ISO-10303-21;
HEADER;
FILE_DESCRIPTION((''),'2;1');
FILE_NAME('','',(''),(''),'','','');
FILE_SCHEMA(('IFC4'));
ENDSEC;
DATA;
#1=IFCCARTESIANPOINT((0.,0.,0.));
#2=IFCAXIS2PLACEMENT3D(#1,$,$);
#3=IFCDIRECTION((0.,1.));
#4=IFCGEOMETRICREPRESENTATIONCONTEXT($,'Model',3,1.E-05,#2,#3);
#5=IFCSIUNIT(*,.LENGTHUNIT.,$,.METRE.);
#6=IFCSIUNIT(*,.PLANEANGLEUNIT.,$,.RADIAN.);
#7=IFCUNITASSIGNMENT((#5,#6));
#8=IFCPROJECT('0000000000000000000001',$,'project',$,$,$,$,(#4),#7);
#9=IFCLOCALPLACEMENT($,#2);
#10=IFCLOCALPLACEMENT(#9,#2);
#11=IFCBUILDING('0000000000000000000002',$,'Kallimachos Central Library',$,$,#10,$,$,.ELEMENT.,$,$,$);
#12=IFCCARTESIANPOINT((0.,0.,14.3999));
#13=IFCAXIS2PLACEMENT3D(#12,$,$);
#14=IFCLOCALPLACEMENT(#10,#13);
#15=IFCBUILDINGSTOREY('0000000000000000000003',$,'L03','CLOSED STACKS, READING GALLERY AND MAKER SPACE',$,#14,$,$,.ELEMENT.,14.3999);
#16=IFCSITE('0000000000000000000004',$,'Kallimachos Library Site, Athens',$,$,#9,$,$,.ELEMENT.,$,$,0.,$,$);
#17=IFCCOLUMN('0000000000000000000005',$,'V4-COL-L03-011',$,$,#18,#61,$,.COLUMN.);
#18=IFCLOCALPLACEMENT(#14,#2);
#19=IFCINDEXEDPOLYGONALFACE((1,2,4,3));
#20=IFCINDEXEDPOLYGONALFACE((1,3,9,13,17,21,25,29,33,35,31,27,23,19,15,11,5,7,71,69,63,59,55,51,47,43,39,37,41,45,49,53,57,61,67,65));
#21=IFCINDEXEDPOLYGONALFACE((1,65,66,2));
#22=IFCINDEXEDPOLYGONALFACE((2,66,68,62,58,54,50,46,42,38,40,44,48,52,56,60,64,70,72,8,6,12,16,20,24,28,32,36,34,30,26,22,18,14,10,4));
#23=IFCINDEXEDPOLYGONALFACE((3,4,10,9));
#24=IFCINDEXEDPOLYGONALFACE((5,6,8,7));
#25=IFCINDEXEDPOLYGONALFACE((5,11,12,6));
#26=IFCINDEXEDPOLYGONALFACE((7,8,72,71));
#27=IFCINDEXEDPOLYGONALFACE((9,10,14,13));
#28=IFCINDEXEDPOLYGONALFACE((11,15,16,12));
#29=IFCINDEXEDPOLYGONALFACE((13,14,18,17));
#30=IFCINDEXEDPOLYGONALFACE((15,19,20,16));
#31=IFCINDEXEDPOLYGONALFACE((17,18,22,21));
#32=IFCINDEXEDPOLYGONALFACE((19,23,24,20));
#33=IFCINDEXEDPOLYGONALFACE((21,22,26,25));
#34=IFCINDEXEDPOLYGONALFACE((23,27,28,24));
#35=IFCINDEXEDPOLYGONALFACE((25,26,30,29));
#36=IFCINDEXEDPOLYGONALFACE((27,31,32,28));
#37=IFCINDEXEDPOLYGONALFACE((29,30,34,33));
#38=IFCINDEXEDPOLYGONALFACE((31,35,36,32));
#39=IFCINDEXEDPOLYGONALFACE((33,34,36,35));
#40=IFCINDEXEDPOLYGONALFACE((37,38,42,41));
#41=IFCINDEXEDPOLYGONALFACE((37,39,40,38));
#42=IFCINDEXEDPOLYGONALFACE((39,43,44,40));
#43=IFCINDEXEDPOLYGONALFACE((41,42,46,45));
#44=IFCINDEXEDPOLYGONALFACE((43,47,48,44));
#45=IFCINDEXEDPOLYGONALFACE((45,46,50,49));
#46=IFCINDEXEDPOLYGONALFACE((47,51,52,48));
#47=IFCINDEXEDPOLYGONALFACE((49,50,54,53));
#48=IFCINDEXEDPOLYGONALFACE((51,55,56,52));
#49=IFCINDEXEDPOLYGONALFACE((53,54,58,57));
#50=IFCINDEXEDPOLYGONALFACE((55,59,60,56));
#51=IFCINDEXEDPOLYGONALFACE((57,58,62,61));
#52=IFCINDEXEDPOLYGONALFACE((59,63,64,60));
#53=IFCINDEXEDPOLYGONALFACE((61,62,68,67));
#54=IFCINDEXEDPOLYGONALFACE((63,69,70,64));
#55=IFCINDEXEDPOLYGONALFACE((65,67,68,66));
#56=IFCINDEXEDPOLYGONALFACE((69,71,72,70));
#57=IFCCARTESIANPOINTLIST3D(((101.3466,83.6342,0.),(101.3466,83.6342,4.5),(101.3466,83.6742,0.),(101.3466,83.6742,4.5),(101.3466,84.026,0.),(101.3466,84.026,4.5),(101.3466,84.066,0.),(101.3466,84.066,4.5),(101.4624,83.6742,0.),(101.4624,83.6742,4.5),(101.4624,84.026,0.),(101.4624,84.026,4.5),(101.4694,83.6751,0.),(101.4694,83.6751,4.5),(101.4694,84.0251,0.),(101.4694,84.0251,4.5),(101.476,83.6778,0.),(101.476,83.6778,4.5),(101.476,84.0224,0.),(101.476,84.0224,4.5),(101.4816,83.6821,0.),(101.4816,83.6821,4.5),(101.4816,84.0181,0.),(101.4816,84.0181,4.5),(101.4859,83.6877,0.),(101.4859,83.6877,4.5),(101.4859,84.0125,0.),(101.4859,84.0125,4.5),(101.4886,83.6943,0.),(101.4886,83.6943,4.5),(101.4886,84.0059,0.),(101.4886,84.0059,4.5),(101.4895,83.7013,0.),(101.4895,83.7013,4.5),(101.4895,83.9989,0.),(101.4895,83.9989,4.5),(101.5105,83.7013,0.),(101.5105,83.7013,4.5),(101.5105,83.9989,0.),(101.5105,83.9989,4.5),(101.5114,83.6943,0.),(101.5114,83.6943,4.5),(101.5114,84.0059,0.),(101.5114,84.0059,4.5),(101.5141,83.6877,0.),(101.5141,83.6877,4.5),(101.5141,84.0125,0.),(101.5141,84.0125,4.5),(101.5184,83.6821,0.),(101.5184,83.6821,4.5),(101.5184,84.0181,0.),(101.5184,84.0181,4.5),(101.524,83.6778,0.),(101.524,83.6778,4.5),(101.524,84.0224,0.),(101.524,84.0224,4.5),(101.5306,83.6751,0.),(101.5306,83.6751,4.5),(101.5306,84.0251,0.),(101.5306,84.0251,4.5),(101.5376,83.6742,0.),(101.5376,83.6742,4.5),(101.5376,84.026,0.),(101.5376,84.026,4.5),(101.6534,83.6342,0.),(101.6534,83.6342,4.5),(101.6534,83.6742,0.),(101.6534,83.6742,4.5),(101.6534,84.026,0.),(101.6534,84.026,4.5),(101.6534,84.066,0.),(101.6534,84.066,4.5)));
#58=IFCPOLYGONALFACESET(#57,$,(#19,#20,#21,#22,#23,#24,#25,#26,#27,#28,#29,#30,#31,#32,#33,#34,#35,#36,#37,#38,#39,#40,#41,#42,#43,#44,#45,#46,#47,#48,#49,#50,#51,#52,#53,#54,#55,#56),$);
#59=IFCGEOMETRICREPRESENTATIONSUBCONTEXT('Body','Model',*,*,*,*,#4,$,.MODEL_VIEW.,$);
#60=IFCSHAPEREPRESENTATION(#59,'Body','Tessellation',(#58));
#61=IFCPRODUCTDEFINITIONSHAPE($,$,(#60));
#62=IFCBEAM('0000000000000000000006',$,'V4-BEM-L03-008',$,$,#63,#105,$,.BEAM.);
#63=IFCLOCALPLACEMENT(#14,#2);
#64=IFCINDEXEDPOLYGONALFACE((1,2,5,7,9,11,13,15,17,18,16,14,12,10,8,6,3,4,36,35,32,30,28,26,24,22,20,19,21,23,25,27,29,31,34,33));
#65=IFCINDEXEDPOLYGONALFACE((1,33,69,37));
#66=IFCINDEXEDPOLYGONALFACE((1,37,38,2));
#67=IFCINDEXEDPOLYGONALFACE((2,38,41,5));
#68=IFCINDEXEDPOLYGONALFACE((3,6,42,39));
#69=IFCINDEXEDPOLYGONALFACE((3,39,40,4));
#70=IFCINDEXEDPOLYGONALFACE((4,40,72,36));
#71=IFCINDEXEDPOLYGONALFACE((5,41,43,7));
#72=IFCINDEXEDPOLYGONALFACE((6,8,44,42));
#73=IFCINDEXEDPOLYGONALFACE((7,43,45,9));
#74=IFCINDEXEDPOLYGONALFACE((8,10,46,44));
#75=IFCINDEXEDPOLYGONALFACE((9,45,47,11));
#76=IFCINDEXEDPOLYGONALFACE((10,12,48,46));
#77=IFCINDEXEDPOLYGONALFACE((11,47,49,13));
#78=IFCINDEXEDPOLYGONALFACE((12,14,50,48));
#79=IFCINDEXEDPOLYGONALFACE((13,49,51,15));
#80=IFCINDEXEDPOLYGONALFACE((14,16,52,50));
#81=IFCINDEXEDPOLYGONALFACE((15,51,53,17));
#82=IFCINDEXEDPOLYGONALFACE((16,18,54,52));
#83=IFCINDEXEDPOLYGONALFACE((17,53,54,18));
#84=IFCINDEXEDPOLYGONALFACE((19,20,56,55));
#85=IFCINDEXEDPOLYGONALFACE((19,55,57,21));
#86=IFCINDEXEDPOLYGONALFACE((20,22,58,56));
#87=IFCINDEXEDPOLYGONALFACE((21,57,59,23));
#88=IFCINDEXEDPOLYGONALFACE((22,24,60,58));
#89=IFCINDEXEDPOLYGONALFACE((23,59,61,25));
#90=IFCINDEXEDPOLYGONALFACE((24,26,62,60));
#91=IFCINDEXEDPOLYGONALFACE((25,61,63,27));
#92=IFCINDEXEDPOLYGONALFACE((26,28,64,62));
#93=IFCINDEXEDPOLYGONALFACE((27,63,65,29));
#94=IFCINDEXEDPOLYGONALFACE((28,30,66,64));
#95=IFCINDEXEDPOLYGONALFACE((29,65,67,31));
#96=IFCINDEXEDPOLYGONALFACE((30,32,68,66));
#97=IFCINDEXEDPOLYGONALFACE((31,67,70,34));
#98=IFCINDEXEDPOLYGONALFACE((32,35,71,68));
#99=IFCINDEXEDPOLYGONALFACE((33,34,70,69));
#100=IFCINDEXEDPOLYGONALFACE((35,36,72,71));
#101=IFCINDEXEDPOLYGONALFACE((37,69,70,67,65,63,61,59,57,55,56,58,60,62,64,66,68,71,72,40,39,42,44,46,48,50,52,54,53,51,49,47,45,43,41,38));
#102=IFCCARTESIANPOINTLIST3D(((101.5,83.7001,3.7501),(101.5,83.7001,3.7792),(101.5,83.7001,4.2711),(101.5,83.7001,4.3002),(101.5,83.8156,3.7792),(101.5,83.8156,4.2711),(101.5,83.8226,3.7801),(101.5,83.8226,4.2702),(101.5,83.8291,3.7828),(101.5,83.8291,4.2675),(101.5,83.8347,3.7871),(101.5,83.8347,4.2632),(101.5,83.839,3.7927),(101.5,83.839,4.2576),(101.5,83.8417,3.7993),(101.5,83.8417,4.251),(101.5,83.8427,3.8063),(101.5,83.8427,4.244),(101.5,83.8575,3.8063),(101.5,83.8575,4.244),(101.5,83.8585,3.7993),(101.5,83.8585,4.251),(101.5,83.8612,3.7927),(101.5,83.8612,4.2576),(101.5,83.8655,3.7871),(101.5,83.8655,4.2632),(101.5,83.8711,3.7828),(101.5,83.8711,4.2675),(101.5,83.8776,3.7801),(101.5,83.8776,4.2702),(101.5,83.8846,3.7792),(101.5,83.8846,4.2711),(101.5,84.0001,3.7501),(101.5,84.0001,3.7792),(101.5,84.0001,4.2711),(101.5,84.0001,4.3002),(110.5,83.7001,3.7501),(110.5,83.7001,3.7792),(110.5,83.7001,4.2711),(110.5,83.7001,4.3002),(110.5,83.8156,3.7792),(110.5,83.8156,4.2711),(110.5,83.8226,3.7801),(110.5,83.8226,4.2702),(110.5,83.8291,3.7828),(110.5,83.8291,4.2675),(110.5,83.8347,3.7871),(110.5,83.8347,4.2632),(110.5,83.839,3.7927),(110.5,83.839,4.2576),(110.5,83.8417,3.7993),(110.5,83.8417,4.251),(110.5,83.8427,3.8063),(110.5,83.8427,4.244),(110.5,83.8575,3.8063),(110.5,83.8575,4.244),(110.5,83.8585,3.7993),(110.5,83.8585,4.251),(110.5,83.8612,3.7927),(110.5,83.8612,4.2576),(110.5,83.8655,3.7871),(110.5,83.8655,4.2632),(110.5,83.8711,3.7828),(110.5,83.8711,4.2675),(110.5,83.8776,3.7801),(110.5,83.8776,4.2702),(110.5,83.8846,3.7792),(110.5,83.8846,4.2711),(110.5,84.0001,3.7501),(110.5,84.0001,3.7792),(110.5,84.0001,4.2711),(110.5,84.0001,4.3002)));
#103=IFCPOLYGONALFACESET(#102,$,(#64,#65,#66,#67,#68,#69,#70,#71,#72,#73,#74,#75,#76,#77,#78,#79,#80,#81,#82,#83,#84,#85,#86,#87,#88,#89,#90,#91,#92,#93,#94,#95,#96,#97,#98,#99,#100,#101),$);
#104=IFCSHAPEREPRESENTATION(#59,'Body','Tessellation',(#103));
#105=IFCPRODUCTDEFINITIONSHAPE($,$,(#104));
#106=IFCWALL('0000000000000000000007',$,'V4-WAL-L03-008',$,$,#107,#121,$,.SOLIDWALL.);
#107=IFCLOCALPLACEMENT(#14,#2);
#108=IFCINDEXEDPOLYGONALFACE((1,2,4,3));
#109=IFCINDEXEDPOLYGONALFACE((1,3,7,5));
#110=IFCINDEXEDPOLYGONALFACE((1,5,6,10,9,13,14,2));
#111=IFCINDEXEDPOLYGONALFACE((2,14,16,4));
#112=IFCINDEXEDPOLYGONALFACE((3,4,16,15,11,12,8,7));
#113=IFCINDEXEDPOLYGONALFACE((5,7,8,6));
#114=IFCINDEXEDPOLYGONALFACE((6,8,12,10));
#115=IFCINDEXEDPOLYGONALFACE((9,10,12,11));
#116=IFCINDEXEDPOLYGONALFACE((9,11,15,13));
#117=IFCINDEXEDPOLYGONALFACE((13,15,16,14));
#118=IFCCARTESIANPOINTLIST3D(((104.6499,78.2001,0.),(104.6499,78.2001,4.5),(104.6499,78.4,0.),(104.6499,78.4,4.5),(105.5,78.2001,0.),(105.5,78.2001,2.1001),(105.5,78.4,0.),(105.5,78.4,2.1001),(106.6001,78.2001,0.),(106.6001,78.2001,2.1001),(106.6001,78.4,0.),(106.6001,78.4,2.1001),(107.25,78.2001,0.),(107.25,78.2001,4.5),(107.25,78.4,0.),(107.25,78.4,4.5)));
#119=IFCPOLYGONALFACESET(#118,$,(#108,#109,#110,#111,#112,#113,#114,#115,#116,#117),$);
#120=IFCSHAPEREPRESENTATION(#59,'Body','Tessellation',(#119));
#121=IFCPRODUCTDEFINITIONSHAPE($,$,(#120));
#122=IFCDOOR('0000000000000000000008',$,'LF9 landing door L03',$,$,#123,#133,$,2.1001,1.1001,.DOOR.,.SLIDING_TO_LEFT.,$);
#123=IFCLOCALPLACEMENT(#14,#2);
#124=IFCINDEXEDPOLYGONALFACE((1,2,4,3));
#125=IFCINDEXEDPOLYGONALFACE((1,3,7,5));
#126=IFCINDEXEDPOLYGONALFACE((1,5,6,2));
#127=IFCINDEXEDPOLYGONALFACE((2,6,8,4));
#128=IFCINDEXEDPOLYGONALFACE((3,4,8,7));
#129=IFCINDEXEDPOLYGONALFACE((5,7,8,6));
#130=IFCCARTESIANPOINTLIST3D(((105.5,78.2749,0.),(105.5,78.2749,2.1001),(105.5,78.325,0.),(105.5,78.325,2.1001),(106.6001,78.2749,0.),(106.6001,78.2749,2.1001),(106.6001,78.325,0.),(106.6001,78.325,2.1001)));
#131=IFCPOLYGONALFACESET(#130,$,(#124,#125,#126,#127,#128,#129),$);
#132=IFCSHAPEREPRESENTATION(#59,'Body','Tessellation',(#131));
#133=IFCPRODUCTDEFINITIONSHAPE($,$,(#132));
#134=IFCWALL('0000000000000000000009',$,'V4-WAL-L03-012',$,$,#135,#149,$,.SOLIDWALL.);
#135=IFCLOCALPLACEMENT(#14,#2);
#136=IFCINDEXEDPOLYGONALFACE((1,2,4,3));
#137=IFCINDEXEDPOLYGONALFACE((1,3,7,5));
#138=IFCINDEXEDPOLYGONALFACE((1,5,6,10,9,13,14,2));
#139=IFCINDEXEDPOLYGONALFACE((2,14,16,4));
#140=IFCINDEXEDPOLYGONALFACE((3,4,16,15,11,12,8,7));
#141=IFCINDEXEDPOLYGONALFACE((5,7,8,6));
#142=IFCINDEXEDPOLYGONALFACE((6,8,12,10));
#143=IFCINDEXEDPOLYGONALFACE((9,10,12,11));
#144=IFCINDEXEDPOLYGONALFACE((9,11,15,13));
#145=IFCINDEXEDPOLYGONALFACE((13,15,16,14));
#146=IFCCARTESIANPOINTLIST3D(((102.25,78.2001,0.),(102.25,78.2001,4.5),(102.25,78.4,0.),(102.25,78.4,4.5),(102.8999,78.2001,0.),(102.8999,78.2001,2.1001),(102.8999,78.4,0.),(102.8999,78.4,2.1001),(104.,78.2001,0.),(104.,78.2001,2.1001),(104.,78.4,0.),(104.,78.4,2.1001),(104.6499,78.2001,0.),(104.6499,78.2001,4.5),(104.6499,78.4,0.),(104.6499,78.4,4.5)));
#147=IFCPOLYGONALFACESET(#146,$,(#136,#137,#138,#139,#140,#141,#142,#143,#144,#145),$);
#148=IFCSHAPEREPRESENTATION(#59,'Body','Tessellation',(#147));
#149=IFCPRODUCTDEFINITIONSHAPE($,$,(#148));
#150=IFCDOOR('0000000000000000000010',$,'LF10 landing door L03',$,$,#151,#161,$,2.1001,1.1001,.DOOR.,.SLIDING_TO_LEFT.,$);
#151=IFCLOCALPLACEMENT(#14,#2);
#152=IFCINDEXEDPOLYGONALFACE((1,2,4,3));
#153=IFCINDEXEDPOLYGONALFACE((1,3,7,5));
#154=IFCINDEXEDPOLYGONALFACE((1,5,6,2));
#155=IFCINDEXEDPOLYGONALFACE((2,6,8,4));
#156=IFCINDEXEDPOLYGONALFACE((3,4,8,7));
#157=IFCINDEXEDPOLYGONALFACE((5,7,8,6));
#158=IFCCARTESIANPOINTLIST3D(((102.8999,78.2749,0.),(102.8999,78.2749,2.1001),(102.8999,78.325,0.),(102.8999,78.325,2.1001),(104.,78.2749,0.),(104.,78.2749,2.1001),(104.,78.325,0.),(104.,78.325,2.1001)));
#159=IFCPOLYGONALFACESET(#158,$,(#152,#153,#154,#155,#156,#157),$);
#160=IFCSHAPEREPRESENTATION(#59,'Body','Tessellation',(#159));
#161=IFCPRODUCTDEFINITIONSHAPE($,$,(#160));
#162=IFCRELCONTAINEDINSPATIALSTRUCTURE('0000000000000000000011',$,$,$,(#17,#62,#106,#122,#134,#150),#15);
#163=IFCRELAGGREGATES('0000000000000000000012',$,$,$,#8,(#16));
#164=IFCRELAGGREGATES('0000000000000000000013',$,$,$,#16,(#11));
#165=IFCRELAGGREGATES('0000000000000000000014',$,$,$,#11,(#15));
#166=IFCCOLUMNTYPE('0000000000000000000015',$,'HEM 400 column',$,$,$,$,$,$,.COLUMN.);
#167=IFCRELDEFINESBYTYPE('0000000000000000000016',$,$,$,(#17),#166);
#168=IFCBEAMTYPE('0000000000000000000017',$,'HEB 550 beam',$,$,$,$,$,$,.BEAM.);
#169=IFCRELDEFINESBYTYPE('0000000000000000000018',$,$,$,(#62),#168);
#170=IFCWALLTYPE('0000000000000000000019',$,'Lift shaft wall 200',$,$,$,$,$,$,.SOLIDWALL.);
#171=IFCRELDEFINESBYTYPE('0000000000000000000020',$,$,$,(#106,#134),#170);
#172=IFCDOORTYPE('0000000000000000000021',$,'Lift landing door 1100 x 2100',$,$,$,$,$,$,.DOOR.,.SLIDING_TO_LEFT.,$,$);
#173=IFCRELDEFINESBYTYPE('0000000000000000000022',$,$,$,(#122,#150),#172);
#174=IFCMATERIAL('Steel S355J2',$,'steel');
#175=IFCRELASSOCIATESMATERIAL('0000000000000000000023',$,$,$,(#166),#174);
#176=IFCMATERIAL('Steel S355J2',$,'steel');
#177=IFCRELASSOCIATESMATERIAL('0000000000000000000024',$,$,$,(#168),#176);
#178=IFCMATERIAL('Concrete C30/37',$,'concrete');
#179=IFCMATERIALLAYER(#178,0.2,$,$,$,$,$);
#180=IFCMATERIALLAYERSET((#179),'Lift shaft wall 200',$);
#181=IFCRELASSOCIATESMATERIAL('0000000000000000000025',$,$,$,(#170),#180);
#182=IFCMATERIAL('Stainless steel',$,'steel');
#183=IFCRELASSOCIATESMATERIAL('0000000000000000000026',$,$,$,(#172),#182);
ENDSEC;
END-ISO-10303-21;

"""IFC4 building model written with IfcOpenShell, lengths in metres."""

from ifc_helpers import new_model, si_unit, direction, frame, frame_2d, origin, origin_2d, place, context, subcontext, project, spatial, rectangle, i_section, extrude, material, layer, layer_set, material_profile, profile_set, type_object, element, fill, save


model = new_model("IFC4")

# Units and contexts
model_context = context("Model", 3, precision=1e-05, world=origin(), true_north=direction((0.0, 1.0)))
body_context = subcontext(model_context, "Body", "Model", "MODEL_VIEW")
ifc_project = project(units=[si_unit("LENGTHUNIT", "METRE"), si_unit("PLANEANGLEUNIT", "RADIAN")], contexts=[model_context])

# Site, building, storey
site_placement = place(None, origin())
site = spatial("IfcSite", under=ifc_project, at=site_placement, Name="Kallimachos Library Site, Athens", CompositionType="ELEMENT", RefElevation=0.0)
building_placement = place(site_placement, origin())
building = spatial("IfcBuilding", under=site, at=building_placement, Name="Kallimachos Central Library", CompositionType="ELEMENT")
storey_placement = place(building_placement, frame((0.0, 0.0, 14.3999)))
storey = spatial("IfcBuildingStorey", under=building, at=storey_placement, Name="L03", Description="CLOSED STACKS, READING GALLERY AND MAKER SPACE", CompositionType="ELEMENT", Elevation=14.3999)

# Column
ifc_material_1 = material(Name="Steel S355J2", Category="steel")
ifc_material_profile_1 = material_profile(ifc_material_1, i_section(OverallWidth=0.3069, OverallDepth=0.4319, WebThickness=0.021, FlangeThickness=0.04, FilletRadius=0.0271, at=origin_2d()), Name="HEM 400")
ifc_profile_set_1 = profile_set([ifc_material_profile_1], Name="Steel S355J2")
column_type = type_object("IfcColumnType", Name="HEM 400 column", PredefinedType="COLUMN", material=ifc_profile_set_1)
column_placement = place(storey_placement, frame((101.5, 83.8501, 0.0), z_axis=(0.0, 0.0, 1.0), x_axis=(1.0, 0.0, 0.0)))
element("IfcColumn", 1, at=column_placement, inside=storey, type_object=column_type, Name="V4-COL-L03-011", PredefinedType="COLUMN", context=body_context, shape_type="SweptSolid", body=[
    extrude(i_section(OverallWidth=0.3069, OverallDepth=0.4319, WebThickness=0.021, FlangeThickness=0.04, FilletRadius=0.0271, at=origin_2d()), origin(), (0.0, 0.0, 1.0), 4.5),
])

# Beam
ifc_material_2 = material(Name="Steel S355J2", Category="steel")
ifc_material_profile_2 = material_profile(ifc_material_2, i_section(OverallWidth=0.3, OverallDepth=0.55, WebThickness=0.0149, FlangeThickness=0.0291, FilletRadius=0.0271, at=origin_2d()), Name="HEB 550")
ifc_profile_set_2 = profile_set([ifc_material_profile_2], Name="Steel S355J2")
beam_type = type_object("IfcBeamType", Name="HEB 550 beam", PredefinedType="BEAM", material=ifc_profile_set_2)
beam_placement = place(storey_placement, frame((101.5, 83.8501, 4.0251), z_axis=(1.0, 0.0, 0.0), x_axis=(0.0, 1.0, 0.0)))
element("IfcBeam", 2, at=beam_placement, inside=storey, type_object=beam_type, Name="V4-BEM-L03-008", PredefinedType="BEAM", context=body_context, shape_type="SweptSolid", body=[
    extrude(i_section(OverallWidth=0.3, OverallDepth=0.55, WebThickness=0.0149, FlangeThickness=0.0291, FilletRadius=0.0271, at=origin_2d()), origin(), (0.0, 0.0, 1.0), 9.0),
])

# Walls, openings, doors
ifc_material_3 = material(Name="Concrete C30/37", Category="concrete")
ifc_layer_1 = layer(ifc_material_3, 0.2)
ifc_layer_set_1 = layer_set([ifc_layer_1], Name="Lift shaft wall 200")
wall_type_1 = type_object("IfcWallType", Name="Lift shaft wall 200", PredefinedType="SOLIDWALL", material=ifc_layer_set_1)
wall_1_placement = place(storey_placement, frame((104.6499, 78.3, 0.0), z_axis=(0.0, 0.0, 1.0), x_axis=(1.0, 0.0, 0.0)))
wall_1 = element("IfcWall", 3, at=wall_1_placement, inside=storey, type_object=wall_type_1, Name="V4-WAL-L03-008", PredefinedType="SOLIDWALL", context=body_context, shape_type="SweptSolid", body=[
    extrude(rectangle(XDim=2.6001, YDim=0.2, at=frame_2d((1.3, 0.0))), origin(), (0.0, 0.0, 1.0), 4.5),
])
opening_1_placement = place(wall_1_placement, frame((0.8501, 0.0, 0.0)))
opening_1 = element("IfcOpeningElement", 4, at=opening_1_placement, cuts=wall_1, PredefinedType="OPENING", context=body_context, shape_type="SweptSolid", body=[
    extrude(rectangle(XDim=1.1001, YDim=2.1001, at=frame_2d((0.55, 1.05))), frame((0.0, 0.1099, 0.0), z_axis=(0.0, -1.0, 0.0), x_axis=(1.0, 0.0, 0.0)), (0.0, 0.0, 1.0), 0.22),
])
ifc_material_4 = material(Name="Stainless steel", Category="steel")
door_type_1 = type_object("IfcDoorType", Name="Lift landing door 1100 x 2100", OperationType="SLIDING_TO_LEFT", PredefinedType="DOOR", material=ifc_material_4)
door_1_placement = place(opening_1_placement, origin())
door_1 = element("IfcDoor", 5, at=door_1_placement, inside=storey, type_object=door_type_1, Name="LF9 landing door L03", OperationType="SLIDING_TO_LEFT", OverallHeight=2.1001, OverallWidth=1.1001, PredefinedType="DOOR", context=body_context, shape_type="SweptSolid", body=[
    extrude(rectangle(XDim=1.1001, YDim=2.1001, at=frame_2d((0.55, 1.05))), frame((0.0, 0.0249, 0.0), z_axis=(0.0, -1.0, 0.0), x_axis=(1.0, 0.0, 0.0)), (0.0, 0.0, 1.0), 0.05),
])
fill(opening_1, door_1)
wall_2_placement = place(storey_placement, frame((102.25, 78.3, 0.0), z_axis=(0.0, 0.0, 1.0), x_axis=(1.0, 0.0, 0.0)))
wall_2 = element("IfcWall", 6, at=wall_2_placement, inside=storey, type_object=wall_type_1, Name="V4-WAL-L03-012", PredefinedType="SOLIDWALL", context=body_context, shape_type="SweptSolid", body=[
    extrude(rectangle(XDim=2.3999, YDim=0.2, at=frame_2d((1.2, 0.0))), origin(), (0.0, 0.0, 1.0), 4.5),
])
opening_2_placement = place(wall_2_placement, frame((0.6499, 0.0, 0.0)))
opening_2 = element("IfcOpeningElement", 7, at=opening_2_placement, cuts=wall_2, PredefinedType="OPENING", context=body_context, shape_type="SweptSolid", body=[
    extrude(rectangle(XDim=1.1001, YDim=2.1001, at=frame_2d((0.55, 1.05))), frame((0.0, 0.1099, 0.0), z_axis=(0.0, -1.0, 0.0), x_axis=(1.0, 0.0, 0.0)), (0.0, 0.0, 1.0), 0.22),
])
door_2_placement = place(opening_2_placement, origin())
door_2 = element("IfcDoor", 8, at=door_2_placement, inside=storey, type_object=door_type_1, Name="LF10 landing door L03", OperationType="SLIDING_TO_LEFT", OverallHeight=2.1001, OverallWidth=1.1001, PredefinedType="DOOR", context=body_context, shape_type="SweptSolid", body=[
    extrude(rectangle(XDim=1.1001, YDim=2.1001, at=frame_2d((0.55, 1.05))), frame((0.0, 0.0249, 0.0), z_axis=(0.0, -1.0, 0.0), x_axis=(1.0, 0.0, 0.0)), (0.0, 0.0, 1.0), 0.05),
])
fill(opening_2, door_2)

save(model, "model.ifc")
